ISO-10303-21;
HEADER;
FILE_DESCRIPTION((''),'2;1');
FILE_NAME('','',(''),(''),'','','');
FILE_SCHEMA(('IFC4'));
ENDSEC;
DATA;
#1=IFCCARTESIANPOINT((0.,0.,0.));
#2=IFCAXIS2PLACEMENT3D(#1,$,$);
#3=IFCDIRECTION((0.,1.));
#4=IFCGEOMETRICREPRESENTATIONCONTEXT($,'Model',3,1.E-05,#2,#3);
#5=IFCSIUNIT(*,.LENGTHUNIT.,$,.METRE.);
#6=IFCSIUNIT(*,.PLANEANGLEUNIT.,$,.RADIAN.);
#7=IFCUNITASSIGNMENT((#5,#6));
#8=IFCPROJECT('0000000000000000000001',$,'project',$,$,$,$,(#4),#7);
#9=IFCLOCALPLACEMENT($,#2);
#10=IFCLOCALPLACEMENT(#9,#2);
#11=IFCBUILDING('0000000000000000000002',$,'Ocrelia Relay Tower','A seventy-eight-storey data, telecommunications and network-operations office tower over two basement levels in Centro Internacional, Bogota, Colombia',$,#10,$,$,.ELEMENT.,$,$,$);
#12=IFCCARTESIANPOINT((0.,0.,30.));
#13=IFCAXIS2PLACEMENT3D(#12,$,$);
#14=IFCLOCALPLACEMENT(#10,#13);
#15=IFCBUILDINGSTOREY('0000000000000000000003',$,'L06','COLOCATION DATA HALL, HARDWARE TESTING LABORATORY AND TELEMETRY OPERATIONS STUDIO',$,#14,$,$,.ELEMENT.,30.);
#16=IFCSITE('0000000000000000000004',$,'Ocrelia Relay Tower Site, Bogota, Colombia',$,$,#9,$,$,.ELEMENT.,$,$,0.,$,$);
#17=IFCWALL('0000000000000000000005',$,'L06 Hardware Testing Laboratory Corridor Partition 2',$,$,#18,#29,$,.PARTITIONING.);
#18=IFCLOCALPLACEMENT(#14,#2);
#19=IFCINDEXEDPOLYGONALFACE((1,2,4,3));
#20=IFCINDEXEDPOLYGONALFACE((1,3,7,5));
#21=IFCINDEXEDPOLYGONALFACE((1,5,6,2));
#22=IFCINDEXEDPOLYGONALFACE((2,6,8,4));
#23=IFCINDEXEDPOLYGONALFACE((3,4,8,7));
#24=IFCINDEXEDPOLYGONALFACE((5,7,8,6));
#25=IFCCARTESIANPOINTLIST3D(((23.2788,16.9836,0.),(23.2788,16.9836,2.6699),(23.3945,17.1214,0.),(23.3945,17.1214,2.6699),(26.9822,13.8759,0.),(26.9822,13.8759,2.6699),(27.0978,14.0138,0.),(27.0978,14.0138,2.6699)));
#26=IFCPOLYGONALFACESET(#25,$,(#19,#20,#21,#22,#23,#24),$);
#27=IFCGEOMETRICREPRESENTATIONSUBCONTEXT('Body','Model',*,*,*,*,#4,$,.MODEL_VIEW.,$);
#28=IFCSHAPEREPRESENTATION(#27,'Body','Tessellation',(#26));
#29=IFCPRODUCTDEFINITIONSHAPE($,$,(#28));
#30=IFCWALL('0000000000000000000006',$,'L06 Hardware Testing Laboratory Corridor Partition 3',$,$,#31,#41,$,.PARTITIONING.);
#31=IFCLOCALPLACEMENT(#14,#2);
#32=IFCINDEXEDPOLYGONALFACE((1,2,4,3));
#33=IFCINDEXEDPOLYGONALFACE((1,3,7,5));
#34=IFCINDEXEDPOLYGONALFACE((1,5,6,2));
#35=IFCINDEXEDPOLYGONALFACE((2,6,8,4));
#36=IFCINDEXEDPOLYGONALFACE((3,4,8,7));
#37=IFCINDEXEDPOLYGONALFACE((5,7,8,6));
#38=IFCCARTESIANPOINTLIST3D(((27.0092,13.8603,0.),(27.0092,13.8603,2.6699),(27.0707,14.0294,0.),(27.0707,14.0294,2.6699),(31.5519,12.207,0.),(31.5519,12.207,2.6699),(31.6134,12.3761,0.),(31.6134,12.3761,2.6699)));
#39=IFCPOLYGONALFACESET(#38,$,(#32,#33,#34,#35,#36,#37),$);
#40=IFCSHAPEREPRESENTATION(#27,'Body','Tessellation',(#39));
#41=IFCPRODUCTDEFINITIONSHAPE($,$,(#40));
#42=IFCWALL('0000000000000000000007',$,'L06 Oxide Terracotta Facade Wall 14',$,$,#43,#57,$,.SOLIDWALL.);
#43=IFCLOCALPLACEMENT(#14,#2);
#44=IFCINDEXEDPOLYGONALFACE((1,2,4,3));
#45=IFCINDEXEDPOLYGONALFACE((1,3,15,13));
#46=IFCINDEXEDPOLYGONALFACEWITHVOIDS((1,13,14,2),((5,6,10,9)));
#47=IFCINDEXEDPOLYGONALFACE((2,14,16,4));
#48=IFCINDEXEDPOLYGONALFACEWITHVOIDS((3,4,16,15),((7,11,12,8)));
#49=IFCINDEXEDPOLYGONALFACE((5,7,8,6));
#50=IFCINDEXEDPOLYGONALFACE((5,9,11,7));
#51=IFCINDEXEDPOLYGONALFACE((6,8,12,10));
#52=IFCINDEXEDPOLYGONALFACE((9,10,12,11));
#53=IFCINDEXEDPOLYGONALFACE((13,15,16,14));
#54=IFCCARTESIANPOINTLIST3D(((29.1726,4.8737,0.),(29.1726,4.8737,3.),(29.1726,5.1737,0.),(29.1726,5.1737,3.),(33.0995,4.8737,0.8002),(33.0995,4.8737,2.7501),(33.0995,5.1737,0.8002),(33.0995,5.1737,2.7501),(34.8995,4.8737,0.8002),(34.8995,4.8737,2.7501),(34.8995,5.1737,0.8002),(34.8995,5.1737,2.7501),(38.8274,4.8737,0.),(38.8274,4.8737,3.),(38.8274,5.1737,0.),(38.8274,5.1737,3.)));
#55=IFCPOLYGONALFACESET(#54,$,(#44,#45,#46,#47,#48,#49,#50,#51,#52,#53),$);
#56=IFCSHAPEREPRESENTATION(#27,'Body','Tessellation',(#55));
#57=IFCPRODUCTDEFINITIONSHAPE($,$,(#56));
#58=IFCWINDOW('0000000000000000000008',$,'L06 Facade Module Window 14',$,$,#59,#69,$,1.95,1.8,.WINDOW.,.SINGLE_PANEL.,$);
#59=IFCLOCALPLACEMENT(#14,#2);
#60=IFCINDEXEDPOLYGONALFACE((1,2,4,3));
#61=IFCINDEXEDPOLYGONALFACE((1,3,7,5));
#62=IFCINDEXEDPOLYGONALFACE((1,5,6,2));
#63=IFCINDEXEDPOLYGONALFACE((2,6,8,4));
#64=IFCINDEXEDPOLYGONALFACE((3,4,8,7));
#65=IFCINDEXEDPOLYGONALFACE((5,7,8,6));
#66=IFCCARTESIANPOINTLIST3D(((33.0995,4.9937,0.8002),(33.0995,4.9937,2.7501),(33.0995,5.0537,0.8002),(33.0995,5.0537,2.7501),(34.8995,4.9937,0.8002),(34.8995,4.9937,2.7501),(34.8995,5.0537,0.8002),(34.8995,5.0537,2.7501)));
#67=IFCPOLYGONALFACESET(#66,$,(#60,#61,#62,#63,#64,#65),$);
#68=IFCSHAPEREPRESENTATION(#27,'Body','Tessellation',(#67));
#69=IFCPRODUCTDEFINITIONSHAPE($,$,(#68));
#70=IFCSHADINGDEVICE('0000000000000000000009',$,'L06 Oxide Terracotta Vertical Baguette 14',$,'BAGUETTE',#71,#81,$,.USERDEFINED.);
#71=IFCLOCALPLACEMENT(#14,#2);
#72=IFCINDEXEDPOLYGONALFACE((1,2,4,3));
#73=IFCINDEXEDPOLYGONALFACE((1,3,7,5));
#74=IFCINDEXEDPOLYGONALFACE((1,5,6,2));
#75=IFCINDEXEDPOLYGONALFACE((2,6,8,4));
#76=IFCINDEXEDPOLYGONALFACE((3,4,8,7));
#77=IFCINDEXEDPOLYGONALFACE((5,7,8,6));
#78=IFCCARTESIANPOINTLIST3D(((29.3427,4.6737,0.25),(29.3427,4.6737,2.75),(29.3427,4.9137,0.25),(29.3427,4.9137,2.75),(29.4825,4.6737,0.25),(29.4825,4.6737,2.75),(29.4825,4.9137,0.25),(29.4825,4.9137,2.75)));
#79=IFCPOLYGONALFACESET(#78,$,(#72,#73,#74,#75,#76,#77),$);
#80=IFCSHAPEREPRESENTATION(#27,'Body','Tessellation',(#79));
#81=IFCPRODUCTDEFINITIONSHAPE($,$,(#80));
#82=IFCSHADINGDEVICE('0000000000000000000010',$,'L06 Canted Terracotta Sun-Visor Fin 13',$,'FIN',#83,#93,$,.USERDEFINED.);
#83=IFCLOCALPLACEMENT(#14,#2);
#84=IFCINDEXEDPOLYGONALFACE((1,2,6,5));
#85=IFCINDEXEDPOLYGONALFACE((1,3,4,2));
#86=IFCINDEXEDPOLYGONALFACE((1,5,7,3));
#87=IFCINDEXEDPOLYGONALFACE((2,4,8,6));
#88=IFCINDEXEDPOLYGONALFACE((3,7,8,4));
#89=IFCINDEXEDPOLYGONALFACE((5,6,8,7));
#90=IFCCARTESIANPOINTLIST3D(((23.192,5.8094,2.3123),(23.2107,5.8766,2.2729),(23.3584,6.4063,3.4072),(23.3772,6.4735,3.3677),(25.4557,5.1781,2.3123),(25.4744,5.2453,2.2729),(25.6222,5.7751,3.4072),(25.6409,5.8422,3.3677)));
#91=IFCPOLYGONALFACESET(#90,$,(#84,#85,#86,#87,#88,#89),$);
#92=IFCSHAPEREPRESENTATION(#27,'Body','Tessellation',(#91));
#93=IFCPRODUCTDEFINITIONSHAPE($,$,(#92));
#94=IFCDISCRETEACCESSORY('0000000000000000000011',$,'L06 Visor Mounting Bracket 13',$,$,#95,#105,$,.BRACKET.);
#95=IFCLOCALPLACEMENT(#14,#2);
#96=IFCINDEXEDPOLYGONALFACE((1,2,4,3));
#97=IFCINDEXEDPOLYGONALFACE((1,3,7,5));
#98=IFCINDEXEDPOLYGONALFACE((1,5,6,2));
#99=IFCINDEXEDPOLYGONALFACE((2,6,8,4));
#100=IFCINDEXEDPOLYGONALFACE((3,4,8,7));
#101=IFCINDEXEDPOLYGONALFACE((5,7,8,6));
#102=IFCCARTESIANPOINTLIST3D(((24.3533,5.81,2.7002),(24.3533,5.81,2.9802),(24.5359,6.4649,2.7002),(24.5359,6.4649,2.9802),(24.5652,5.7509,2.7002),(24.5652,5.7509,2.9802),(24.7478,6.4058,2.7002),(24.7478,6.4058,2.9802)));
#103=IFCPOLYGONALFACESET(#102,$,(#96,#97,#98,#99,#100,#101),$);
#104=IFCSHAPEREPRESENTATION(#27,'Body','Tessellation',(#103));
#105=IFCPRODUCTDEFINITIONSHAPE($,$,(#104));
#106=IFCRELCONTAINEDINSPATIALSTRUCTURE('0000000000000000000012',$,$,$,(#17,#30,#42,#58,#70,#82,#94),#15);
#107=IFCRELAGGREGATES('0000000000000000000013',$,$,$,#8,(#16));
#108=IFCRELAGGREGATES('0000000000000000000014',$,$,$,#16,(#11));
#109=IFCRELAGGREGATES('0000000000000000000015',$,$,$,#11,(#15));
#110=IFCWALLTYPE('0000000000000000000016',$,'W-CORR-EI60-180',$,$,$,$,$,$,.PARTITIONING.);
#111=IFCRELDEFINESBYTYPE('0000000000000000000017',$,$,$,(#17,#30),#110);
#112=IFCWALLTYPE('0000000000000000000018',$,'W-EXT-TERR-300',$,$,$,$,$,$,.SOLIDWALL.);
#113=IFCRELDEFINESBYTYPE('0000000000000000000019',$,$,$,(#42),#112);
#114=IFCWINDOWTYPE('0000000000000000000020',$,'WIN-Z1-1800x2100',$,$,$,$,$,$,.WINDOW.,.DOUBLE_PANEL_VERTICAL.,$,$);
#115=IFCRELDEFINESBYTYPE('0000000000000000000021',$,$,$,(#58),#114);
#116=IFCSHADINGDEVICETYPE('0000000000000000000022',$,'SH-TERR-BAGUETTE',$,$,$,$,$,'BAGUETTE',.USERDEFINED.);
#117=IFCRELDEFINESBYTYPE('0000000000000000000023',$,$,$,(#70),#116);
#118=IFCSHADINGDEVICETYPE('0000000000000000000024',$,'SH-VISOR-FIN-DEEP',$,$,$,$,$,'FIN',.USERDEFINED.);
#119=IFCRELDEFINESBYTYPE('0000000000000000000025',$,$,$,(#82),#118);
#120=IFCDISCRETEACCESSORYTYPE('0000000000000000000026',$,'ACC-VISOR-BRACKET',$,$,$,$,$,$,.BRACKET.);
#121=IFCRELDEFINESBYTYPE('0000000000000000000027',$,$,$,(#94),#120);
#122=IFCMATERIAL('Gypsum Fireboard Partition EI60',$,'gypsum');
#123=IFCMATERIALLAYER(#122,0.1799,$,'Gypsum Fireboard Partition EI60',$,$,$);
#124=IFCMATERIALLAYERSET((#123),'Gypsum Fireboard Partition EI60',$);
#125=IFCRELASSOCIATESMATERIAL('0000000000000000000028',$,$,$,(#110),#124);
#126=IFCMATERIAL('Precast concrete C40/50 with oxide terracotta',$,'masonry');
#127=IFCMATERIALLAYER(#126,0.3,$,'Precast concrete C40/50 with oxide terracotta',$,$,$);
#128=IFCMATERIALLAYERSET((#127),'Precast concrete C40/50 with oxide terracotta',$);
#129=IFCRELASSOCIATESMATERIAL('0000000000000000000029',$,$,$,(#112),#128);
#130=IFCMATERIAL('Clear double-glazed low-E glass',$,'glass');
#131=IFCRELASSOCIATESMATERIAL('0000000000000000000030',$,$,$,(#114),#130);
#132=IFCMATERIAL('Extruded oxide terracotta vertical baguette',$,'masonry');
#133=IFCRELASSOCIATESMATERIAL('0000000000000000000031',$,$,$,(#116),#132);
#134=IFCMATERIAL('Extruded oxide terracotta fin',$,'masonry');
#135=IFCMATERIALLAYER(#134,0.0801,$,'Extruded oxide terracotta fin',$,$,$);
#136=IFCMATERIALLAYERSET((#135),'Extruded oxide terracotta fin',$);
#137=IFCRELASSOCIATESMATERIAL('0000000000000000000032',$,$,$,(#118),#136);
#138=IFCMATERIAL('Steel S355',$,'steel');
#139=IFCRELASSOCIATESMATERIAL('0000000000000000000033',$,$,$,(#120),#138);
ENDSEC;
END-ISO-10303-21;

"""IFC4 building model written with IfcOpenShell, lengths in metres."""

from ifc_helpers import new_model, si_unit, direction, frame, frame_2d, origin, origin_2d, place, context, subcontext, project, spatial, rectangle, extrude, material, layer, layer_set, type_object, element, fill, save


model = new_model("IFC4")

# Units and contexts
model_context = context("Model", 3, precision=1e-05, world=origin(), true_north=direction((0.0, 1.0)))
body_context = subcontext(model_context, "Body", "Model", "MODEL_VIEW")
ifc_project = project(units=[si_unit("LENGTHUNIT", "METRE"), si_unit("PLANEANGLEUNIT", "RADIAN")], contexts=[model_context])

# Site, building, storey
site_placement = place(None, origin())
site = spatial("IfcSite", under=ifc_project, at=site_placement, Name="Ocrelia Relay Tower Site, Bogota, Colombia", CompositionType="ELEMENT", RefElevation=0.0)
building_placement = place(site_placement, origin())
building = spatial("IfcBuilding", under=site, at=building_placement, Name="Ocrelia Relay Tower", Description="A seventy-eight-storey data, telecommunications and network-operations office tower over two basement levels in Centro Internacional, Bogota, Colombia", CompositionType="ELEMENT")
storey_placement = place(building_placement, frame((0.0, 0.0, 30.0)))
storey = spatial("IfcBuildingStorey", under=building, at=storey_placement, Name="L06", Description="COLOCATION DATA HALL, HARDWARE TESTING LABORATORY AND TELEMETRY OPERATIONS STUDIO", CompositionType="ELEMENT", Elevation=30.0)

# Shared definitions
ifc_material_1 = material(Name="Steel S355", Category="steel")

# Walls
ifc_material_2 = material(Name="Gypsum Fireboard Partition EI60", Category="gypsum")
ifc_layer_1 = layer(ifc_material_2, 0.1799, Name="Gypsum Fireboard Partition EI60")
ifc_layer_set_1 = layer_set([ifc_layer_1], Name="Gypsum Fireboard Partition EI60")
wall_type_1 = type_object("IfcWallType", Name="W-CORR-EI60-180", PredefinedType="PARTITIONING", material=ifc_layer_set_1)
wall_1_placement = place(storey_placement, frame((23.3367, 17.0525, 0.0), z_axis=(0.0, 0.0, 1.0), x_axis=(0.766027, -0.642808, 0.0)))
element("IfcWall", 1, at=wall_1_placement, inside=storey, type_object=wall_type_1, Name="L06 Hardware Testing Laboratory Corridor Partition 2", PredefinedType="PARTITIONING", context=body_context, shape_type="SweptSolid", body=[
    extrude(rectangle(XDim=4.8345, YDim=0.1799, at=frame_2d((2.4172, 0.0))), origin(), (0.0, 0.0, 1.0), 2.6699),
])
wall_2_placement = place(storey_placement, frame((27.04, 13.9448, 0.0), z_axis=(0.0, 0.0, 1.0), x_axis=(0.939699, -0.342003, 0.0)))
element("IfcWall", 2, at=wall_2_placement, inside=storey, type_object=wall_type_1, Name="L06 Hardware Testing Laboratory Corridor Partition 3", PredefinedType="PARTITIONING", context=body_context, shape_type="SweptSolid", body=[
    extrude(rectangle(XDim=4.8342, YDim=0.1799, at=frame_2d((2.417, 0.0))), origin(), (0.0, 0.0, 1.0), 2.6699),
])

# Wall, opening, window
ifc_material_3 = material(Name="Precast concrete C40/50 with oxide terracotta", Category="masonry")
ifc_layer_2 = layer(ifc_material_3, 0.3, Name="Precast concrete C40/50 with oxide terracotta")
ifc_layer_set_2 = layer_set([ifc_layer_2], Name="Precast concrete C40/50 with oxide terracotta")
wall_type_2 = type_object("IfcWallType", Name="W-EXT-TERR-300", PredefinedType="SOLIDWALL", material=ifc_layer_set_2)
wall_3_placement = place(storey_placement, frame((29.1726, 5.0237, 0.0), z_axis=(0.0, 0.0, 1.0), x_axis=(1.0, 0.0, 0.0)))
wall_3 = element("IfcWall", 3, at=wall_3_placement, inside=storey, type_object=wall_type_2, Name="L06 Oxide Terracotta Facade Wall 14", PredefinedType="SOLIDWALL", context=body_context, shape_type="SweptSolid", body=[
    extrude(rectangle(XDim=9.6548, YDim=0.3, at=frame_2d((4.8274, 0.0))), origin(), (0.0, 0.0, 1.0), 3.0),
])
opening_placement = place(wall_3_placement, frame((3.927, 0.0, 0.8)))
opening = element("IfcOpeningElement", 4, at=opening_placement, cuts=wall_3, PredefinedType="OPENING", context=body_context, shape_type="SweptSolid", body=[
    extrude(rectangle(XDim=1.8, YDim=1.95, at=frame_2d((0.8999, 0.9751))), frame((0.0, 0.1602, 0.0), z_axis=(0.0, -1.0, 0.0), x_axis=(1.0, 0.0, 0.0)), (0.0, 0.0, 1.0), 0.3201),
])
ifc_material_4 = material(Name="Clear double-glazed low-E glass", Category="glass")
window_type = type_object("IfcWindowType", Name="WIN-Z1-1800x2100", PartitioningType="DOUBLE_PANEL_VERTICAL", PredefinedType="WINDOW", material=ifc_material_4)
window_placement = place(opening_placement, origin())
window = element("IfcWindow", 5, at=window_placement, inside=storey, type_object=window_type, Name="L06 Facade Module Window 14", OverallHeight=1.95, OverallWidth=1.8, PartitioningType="SINGLE_PANEL", PredefinedType="WINDOW", context=body_context, shape_type="SweptSolid", body=[
    extrude(rectangle(XDim=1.8, YDim=1.95, at=frame_2d((0.8999, 0.9751))), frame((0.0, 0.03, 0.0), z_axis=(0.0, -1.0, 0.0), x_axis=(1.0, 0.0, 0.0)), (0.0, 0.0, 1.0), 0.0601),
])
fill(opening, window)

# Shading devices
ifc_material_5 = material(Name="Extruded oxide terracotta vertical baguette", Category="masonry")
shading_device_type_1 = type_object("IfcShadingDeviceType", Name="SH-TERR-BAGUETTE", ElementType="BAGUETTE", PredefinedType="USERDEFINED", material=ifc_material_5)
shading_device_1_placement = place(storey_placement, frame((29.4126, 4.7937, 0.25), z_axis=(0.0, 0.0, 1.0), x_axis=(1.0, 0.0, 0.0)))
element("IfcShadingDevice", 6, at=shading_device_1_placement, inside=storey, type_object=shading_device_type_1, Name="L06 Oxide Terracotta Vertical Baguette 14", ObjectType="BAGUETTE", PredefinedType="USERDEFINED", context=body_context, shape_type="SweptSolid", body=[
    extrude(rectangle(XDim=0.1399, YDim=0.24, at=origin_2d()), origin(), (0.0, 0.0, 1.0), 2.5),
])
ifc_material_6 = material(Name="Extruded oxide terracotta fin", Category="masonry")
ifc_layer_3 = layer(ifc_material_6, 0.0801, Name="Extruded oxide terracotta fin")
ifc_layer_set_3 = layer_set([ifc_layer_3], Name="Extruded oxide terracotta fin")
shading_device_type_2 = type_object("IfcShadingDeviceType", Name="SH-VISOR-FIN-DEEP", ElementType="FIN", PredefinedType="USERDEFINED", material=ifc_layer_set_3)
shading_device_2_placement = place(storey_placement, frame((24.4258, 5.8594, 2.8203), z_axis=(-0.233774, -0.838283, 0.492575), x_axis=(0.963245, -0.268623, 0.0)))
element("IfcShadingDevice", 7, at=shading_device_2_placement, inside=storey, type_object=shading_device_type_2, Name="L06 Canted Terracotta Sun-Visor Fin 13", ObjectType="FIN", PredefinedType="USERDEFINED", context=body_context, shape_type="SweptSolid", body=[
    extrude(rectangle(XDim=2.3501, YDim=1.2581, at=origin_2d()), origin(), (0.0, 0.0, 1.0), 0.0801),
])

# Discrete accessory
discrete_accessory_type = type_object("IfcDiscreteAccessoryType", Name="ACC-VISOR-BRACKET", PredefinedType="BRACKET", material=ifc_material_1)
discrete_accessory_placement = place(storey_placement, frame((24.5505, 6.1079, 2.7002), z_axis=(0.0, 0.0, 1.0), x_axis=(0.963245, -0.268623, 0.0)))
element("IfcDiscreteAccessory", 8, at=discrete_accessory_placement, inside=storey, type_object=discrete_accessory_type, Name="L06 Visor Mounting Bracket 13", PredefinedType="BRACKET", context=body_context, shape_type="SweptSolid", body=[
    extrude(rectangle(XDim=0.22, YDim=0.6799, at=origin_2d()), origin(), (0.0, 0.0, 1.0), 0.28),
])

save(model, "model.ifc")
